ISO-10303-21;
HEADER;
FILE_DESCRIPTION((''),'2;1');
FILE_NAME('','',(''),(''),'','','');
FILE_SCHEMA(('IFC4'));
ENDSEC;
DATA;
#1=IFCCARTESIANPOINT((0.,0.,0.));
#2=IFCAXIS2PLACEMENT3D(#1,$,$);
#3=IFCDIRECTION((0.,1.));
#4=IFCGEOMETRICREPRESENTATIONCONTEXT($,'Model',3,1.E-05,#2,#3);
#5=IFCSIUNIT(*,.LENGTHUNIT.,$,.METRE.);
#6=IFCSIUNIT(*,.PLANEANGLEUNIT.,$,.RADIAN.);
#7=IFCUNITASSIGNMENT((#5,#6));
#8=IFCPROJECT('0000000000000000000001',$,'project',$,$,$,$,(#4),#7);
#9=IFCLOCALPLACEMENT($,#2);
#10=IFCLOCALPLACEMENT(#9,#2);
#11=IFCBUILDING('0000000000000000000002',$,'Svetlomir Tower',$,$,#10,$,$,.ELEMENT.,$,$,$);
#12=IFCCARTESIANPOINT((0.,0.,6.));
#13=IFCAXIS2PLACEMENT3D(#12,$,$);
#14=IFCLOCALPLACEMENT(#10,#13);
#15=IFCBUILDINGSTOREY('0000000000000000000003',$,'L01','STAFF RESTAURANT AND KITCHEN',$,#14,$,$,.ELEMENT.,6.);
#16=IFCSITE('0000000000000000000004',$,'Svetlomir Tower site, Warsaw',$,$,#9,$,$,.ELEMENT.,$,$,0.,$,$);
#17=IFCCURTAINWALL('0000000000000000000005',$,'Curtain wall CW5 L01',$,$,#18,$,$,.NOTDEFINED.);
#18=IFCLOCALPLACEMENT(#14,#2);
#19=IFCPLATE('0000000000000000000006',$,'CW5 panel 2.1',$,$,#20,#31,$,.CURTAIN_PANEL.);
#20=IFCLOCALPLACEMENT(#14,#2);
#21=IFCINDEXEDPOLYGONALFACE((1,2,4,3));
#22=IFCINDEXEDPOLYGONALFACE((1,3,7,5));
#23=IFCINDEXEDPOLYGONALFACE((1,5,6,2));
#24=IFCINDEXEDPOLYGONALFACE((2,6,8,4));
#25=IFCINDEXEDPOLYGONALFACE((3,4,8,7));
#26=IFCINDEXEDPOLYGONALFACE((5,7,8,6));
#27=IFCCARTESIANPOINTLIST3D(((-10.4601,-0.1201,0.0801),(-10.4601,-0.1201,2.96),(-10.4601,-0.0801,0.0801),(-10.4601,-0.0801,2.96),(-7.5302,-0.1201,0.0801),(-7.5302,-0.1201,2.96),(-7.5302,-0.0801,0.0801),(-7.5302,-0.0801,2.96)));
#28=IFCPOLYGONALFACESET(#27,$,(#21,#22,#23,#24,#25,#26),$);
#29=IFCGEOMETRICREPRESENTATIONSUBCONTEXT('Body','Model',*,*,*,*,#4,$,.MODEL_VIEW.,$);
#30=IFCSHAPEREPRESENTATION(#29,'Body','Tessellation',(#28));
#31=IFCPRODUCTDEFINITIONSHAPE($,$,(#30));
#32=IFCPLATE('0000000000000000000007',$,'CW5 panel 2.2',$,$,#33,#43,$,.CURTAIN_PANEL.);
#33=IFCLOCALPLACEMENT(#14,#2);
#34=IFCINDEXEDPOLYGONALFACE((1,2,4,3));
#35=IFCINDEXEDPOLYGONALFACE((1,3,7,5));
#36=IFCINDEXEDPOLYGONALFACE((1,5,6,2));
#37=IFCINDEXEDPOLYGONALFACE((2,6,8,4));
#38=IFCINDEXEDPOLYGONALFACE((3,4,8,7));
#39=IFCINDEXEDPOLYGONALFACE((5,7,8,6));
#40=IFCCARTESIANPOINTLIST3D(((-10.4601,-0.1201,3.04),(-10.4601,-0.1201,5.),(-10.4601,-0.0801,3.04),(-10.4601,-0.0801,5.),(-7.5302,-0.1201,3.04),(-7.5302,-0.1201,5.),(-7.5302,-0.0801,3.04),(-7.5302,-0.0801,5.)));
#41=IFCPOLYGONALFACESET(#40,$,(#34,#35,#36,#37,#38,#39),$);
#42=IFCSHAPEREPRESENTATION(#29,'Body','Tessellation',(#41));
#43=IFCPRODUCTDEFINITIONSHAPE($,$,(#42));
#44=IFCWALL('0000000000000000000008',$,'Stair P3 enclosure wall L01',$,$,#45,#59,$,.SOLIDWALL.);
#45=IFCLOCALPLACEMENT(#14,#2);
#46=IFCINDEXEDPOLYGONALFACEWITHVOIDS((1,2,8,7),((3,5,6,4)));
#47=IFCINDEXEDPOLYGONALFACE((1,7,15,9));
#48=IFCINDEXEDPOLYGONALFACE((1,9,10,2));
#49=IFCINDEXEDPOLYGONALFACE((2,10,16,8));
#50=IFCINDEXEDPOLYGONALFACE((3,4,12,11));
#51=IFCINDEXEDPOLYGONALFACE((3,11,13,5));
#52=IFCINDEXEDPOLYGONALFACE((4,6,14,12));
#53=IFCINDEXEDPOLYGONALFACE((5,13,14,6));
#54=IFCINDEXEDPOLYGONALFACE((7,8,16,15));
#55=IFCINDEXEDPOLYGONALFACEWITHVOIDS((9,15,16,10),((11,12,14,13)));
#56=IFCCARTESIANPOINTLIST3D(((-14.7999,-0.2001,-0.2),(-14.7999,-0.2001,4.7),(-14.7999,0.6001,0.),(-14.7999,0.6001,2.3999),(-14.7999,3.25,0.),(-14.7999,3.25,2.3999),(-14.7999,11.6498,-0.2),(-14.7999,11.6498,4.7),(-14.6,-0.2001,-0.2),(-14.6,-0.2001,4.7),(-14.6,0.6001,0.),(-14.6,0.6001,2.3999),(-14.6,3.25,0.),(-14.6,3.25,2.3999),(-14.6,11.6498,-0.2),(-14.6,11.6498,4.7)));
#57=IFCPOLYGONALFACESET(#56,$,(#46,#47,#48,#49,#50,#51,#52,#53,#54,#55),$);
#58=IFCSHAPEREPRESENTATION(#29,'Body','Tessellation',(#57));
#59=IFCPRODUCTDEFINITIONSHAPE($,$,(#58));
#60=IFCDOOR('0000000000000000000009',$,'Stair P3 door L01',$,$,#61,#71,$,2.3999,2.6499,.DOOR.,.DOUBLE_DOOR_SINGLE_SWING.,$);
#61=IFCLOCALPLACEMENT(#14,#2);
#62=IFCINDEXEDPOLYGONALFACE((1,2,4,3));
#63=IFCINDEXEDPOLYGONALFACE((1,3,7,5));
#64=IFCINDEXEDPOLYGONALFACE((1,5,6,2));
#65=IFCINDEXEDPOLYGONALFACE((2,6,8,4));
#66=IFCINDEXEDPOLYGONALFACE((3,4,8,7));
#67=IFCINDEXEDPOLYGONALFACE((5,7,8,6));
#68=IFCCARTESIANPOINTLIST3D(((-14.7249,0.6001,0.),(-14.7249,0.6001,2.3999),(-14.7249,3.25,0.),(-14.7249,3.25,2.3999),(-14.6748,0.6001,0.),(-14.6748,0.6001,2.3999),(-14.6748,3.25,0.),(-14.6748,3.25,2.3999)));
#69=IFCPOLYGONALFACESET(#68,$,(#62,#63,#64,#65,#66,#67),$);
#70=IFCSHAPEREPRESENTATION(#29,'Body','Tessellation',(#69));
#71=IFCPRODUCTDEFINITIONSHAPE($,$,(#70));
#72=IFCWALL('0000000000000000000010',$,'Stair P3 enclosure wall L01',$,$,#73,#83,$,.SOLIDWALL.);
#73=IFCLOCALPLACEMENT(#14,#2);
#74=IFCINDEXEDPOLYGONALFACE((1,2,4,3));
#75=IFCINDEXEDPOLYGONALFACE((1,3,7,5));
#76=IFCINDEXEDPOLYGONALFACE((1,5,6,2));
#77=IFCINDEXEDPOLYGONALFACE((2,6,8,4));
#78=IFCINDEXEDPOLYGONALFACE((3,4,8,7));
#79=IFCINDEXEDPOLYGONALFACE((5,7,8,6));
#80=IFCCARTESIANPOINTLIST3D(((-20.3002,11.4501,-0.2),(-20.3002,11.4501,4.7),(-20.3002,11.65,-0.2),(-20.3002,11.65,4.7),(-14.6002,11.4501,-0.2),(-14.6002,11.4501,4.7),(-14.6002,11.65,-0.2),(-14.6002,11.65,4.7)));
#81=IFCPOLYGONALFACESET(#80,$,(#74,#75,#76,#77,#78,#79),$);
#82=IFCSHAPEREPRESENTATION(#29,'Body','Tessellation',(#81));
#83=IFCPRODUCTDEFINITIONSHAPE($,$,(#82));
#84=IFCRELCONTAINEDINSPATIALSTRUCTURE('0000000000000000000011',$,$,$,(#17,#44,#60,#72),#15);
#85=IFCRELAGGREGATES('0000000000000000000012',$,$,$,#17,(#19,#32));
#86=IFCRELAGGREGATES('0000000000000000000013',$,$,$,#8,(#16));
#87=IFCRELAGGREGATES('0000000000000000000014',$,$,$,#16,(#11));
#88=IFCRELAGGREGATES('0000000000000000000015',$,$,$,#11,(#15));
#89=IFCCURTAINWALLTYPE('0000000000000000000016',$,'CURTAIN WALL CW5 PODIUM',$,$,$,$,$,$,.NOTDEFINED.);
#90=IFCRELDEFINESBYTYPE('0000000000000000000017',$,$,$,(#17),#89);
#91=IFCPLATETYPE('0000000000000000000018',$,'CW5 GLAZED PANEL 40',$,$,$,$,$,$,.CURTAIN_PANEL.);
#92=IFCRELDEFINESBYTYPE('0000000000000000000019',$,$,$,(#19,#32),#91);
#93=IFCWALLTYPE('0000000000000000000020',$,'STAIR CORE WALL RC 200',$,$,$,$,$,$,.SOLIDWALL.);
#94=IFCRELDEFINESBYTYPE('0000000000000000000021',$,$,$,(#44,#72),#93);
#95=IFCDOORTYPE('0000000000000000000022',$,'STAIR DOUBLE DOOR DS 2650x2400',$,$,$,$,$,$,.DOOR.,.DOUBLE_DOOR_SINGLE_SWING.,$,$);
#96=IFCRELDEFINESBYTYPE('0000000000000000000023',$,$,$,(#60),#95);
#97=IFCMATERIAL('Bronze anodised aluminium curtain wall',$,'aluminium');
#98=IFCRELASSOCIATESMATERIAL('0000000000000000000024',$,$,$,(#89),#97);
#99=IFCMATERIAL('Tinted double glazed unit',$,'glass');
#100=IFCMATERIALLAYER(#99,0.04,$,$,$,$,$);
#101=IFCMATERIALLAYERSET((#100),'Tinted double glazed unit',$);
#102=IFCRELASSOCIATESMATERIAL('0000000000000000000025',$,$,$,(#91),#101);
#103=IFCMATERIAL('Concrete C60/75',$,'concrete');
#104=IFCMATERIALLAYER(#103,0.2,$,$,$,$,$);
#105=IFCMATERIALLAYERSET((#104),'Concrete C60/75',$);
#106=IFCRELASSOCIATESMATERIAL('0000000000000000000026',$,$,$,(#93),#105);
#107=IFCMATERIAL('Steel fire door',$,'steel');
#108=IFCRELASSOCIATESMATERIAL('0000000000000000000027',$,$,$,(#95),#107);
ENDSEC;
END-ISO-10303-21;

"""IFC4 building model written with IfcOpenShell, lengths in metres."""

from ifc_helpers import new_model, si_unit, direction, frame, frame_2d, origin, origin_2d, place, context, subcontext, project, spatial, rectangle, extrude, material, layer, layer_set, type_object, element, fill, aggregate, save


model = new_model("IFC4")

# Units and contexts
model_context = context("Model", 3, precision=1e-05, world=origin(), true_north=direction((0.0, 1.0)))
body_context = subcontext(model_context, "Body", "Model", "MODEL_VIEW")
ifc_project = project(units=[si_unit("LENGTHUNIT", "METRE"), si_unit("PLANEANGLEUNIT", "RADIAN")], contexts=[model_context])

# Site, building, storey
site_placement = place(None, origin())
site = spatial("IfcSite", under=ifc_project, at=site_placement, Name="Svetlomir Tower site, Warsaw", CompositionType="ELEMENT", RefElevation=0.0)
building_placement = place(site_placement, origin())
building = spatial("IfcBuilding", under=site, at=building_placement, Name="Svetlomir Tower", CompositionType="ELEMENT")
storey_placement = place(building_placement, frame((0.0, 0.0, 6.0)))
storey = spatial("IfcBuildingStorey", under=building, at=storey_placement, Name="L01", Description="STAFF RESTAURANT AND KITCHEN", CompositionType="ELEMENT", Elevation=6.0)

# Shared definitions
ifc_material_1 = material(Name="Bronze anodised aluminium curtain wall", Category="aluminium")
curtain_wall_type = type_object("IfcCurtainWallType", Name="CURTAIN WALL CW5 PODIUM", PredefinedType="NOTDEFINED", material=ifc_material_1)

# Curtain wall
curtain_wall_1_placement = place(storey_placement, origin())
curtain_wall_1 = element("IfcCurtainWall", 1, at=curtain_wall_1_placement, inside=storey, type_object=curtain_wall_type, Name="Curtain wall CW5 L01", PredefinedType="NOTDEFINED")

# Plates
ifc_material_2 = material(Name="Tinted double glazed unit", Category="glass")
ifc_layer_1 = layer(ifc_material_2, 0.04)
ifc_layer_set_1 = layer_set([ifc_layer_1], Name="Tinted double glazed unit")
plate_type = type_object("IfcPlateType", Name="CW5 GLAZED PANEL 40", PredefinedType="CURTAIN_PANEL", material=ifc_layer_set_1)
plate_1_placement = place(storey_placement, frame((-8.9951, -0.1001, 0.0801), z_axis=(0.0, 0.0, 1.0), x_axis=(1.0, 0.0, 0.0)))
plate_1 = element("IfcPlate", 2, at=plate_1_placement, type_object=plate_type, Name="CW5 panel 2.1", PredefinedType="CURTAIN_PANEL", context=body_context, shape_type="SweptSolid", body=[
    extrude(rectangle(XDim=2.9299, YDim=0.04, at=origin_2d()), origin(), (0.0, 0.0, 1.0), 2.8799),
])
plate_2_placement = place(storey_placement, frame((-8.9951, -0.1001, 3.04), z_axis=(0.0, 0.0, 1.0), x_axis=(1.0, 0.0, 0.0)))
plate_2 = element("IfcPlate", 3, at=plate_2_placement, type_object=plate_type, Name="CW5 panel 2.2", PredefinedType="CURTAIN_PANEL", context=body_context, shape_type="SweptSolid", body=[
    extrude(rectangle(XDim=2.9299, YDim=0.04, at=origin_2d()), origin(), (0.0, 0.0, 1.0), 1.96),
])
aggregate(curtain_wall_1, [plate_1, plate_2])

# Wall, opening, door
ifc_material_3 = material(Name="Concrete C60/75", Category="concrete")
ifc_layer_2 = layer(ifc_material_3, 0.2)
ifc_layer_set_2 = layer_set([ifc_layer_2], Name="Concrete C60/75")
wall_type = type_object("IfcWallType", Name="STAIR CORE WALL RC 200", PredefinedType="SOLIDWALL", material=ifc_layer_set_2)
wall_1_placement = place(storey_placement, frame((-14.7, -0.2, -0.2), z_axis=(0.0, 0.0, 1.0), x_axis=(0.0, 1.0, 0.0)))
wall_1 = element("IfcWall", 4, at=wall_1_placement, inside=storey, type_object=wall_type, Name="Stair P3 enclosure wall L01", PredefinedType="SOLIDWALL", context=body_context, shape_type="SweptSolid", body=[
    extrude(rectangle(XDim=11.8499, YDim=0.2, at=frame_2d((5.9248, 0.0))), origin(), (0.0, 0.0, 1.0), 4.8999),
])
opening_placement = place(wall_1_placement, frame((0.8, 0.0, 0.2)))
opening = element("IfcOpeningElement", 5, at=opening_placement, cuts=wall_1, PredefinedType="OPENING", context=body_context, shape_type="SweptSolid", body=[
    extrude(rectangle(XDim=2.6499, YDim=2.3999, at=frame_2d((1.325, 1.2))), frame((0.0, 0.1099, 0.0), z_axis=(0.0, -1.0, 0.0), x_axis=(1.0, 0.0, 0.0)), (0.0, 0.0, 1.0), 0.22),
])
ifc_material_4 = material(Name="Steel fire door", Category="steel")
door_type = type_object("IfcDoorType", Name="STAIR DOUBLE DOOR DS 2650x2400", OperationType="DOUBLE_DOOR_SINGLE_SWING", PredefinedType="DOOR", material=ifc_material_4)
door_placement = place(opening_placement, origin())
door = element("IfcDoor", 6, at=door_placement, inside=storey, type_object=door_type, Name="Stair P3 door L01", OperationType="DOUBLE_DOOR_SINGLE_SWING", OverallHeight=2.3999, OverallWidth=2.6499, PredefinedType="DOOR", context=body_context, shape_type="SweptSolid", body=[
    extrude(rectangle(XDim=2.6499, YDim=2.3999, at=frame_2d((1.325, 1.2))), frame((0.0, 0.0249, 0.0), z_axis=(0.0, -1.0, 0.0), x_axis=(1.0, 0.0, 0.0)), (0.0, 0.0, 1.0), 0.05),
])
fill(opening, door)

# Wall
wall_2_placement = place(storey_placement, frame((-14.6001, 11.55, -0.2), z_axis=(0.0, 0.0, 1.0), x_axis=(-1.0, 0.0, 0.0)))
element("IfcWall", 7, at=wall_2_placement, inside=storey, type_object=wall_type, Name="Stair P3 enclosure wall L01", PredefinedType="SOLIDWALL", context=body_context, shape_type="SweptSolid", body=[
    extrude(rectangle(XDim=5.7, YDim=0.2, at=frame_2d((2.8501, 0.0))), origin(), (0.0, 0.0, 1.0), 4.8999),
])

save(model, "model.ifc")
